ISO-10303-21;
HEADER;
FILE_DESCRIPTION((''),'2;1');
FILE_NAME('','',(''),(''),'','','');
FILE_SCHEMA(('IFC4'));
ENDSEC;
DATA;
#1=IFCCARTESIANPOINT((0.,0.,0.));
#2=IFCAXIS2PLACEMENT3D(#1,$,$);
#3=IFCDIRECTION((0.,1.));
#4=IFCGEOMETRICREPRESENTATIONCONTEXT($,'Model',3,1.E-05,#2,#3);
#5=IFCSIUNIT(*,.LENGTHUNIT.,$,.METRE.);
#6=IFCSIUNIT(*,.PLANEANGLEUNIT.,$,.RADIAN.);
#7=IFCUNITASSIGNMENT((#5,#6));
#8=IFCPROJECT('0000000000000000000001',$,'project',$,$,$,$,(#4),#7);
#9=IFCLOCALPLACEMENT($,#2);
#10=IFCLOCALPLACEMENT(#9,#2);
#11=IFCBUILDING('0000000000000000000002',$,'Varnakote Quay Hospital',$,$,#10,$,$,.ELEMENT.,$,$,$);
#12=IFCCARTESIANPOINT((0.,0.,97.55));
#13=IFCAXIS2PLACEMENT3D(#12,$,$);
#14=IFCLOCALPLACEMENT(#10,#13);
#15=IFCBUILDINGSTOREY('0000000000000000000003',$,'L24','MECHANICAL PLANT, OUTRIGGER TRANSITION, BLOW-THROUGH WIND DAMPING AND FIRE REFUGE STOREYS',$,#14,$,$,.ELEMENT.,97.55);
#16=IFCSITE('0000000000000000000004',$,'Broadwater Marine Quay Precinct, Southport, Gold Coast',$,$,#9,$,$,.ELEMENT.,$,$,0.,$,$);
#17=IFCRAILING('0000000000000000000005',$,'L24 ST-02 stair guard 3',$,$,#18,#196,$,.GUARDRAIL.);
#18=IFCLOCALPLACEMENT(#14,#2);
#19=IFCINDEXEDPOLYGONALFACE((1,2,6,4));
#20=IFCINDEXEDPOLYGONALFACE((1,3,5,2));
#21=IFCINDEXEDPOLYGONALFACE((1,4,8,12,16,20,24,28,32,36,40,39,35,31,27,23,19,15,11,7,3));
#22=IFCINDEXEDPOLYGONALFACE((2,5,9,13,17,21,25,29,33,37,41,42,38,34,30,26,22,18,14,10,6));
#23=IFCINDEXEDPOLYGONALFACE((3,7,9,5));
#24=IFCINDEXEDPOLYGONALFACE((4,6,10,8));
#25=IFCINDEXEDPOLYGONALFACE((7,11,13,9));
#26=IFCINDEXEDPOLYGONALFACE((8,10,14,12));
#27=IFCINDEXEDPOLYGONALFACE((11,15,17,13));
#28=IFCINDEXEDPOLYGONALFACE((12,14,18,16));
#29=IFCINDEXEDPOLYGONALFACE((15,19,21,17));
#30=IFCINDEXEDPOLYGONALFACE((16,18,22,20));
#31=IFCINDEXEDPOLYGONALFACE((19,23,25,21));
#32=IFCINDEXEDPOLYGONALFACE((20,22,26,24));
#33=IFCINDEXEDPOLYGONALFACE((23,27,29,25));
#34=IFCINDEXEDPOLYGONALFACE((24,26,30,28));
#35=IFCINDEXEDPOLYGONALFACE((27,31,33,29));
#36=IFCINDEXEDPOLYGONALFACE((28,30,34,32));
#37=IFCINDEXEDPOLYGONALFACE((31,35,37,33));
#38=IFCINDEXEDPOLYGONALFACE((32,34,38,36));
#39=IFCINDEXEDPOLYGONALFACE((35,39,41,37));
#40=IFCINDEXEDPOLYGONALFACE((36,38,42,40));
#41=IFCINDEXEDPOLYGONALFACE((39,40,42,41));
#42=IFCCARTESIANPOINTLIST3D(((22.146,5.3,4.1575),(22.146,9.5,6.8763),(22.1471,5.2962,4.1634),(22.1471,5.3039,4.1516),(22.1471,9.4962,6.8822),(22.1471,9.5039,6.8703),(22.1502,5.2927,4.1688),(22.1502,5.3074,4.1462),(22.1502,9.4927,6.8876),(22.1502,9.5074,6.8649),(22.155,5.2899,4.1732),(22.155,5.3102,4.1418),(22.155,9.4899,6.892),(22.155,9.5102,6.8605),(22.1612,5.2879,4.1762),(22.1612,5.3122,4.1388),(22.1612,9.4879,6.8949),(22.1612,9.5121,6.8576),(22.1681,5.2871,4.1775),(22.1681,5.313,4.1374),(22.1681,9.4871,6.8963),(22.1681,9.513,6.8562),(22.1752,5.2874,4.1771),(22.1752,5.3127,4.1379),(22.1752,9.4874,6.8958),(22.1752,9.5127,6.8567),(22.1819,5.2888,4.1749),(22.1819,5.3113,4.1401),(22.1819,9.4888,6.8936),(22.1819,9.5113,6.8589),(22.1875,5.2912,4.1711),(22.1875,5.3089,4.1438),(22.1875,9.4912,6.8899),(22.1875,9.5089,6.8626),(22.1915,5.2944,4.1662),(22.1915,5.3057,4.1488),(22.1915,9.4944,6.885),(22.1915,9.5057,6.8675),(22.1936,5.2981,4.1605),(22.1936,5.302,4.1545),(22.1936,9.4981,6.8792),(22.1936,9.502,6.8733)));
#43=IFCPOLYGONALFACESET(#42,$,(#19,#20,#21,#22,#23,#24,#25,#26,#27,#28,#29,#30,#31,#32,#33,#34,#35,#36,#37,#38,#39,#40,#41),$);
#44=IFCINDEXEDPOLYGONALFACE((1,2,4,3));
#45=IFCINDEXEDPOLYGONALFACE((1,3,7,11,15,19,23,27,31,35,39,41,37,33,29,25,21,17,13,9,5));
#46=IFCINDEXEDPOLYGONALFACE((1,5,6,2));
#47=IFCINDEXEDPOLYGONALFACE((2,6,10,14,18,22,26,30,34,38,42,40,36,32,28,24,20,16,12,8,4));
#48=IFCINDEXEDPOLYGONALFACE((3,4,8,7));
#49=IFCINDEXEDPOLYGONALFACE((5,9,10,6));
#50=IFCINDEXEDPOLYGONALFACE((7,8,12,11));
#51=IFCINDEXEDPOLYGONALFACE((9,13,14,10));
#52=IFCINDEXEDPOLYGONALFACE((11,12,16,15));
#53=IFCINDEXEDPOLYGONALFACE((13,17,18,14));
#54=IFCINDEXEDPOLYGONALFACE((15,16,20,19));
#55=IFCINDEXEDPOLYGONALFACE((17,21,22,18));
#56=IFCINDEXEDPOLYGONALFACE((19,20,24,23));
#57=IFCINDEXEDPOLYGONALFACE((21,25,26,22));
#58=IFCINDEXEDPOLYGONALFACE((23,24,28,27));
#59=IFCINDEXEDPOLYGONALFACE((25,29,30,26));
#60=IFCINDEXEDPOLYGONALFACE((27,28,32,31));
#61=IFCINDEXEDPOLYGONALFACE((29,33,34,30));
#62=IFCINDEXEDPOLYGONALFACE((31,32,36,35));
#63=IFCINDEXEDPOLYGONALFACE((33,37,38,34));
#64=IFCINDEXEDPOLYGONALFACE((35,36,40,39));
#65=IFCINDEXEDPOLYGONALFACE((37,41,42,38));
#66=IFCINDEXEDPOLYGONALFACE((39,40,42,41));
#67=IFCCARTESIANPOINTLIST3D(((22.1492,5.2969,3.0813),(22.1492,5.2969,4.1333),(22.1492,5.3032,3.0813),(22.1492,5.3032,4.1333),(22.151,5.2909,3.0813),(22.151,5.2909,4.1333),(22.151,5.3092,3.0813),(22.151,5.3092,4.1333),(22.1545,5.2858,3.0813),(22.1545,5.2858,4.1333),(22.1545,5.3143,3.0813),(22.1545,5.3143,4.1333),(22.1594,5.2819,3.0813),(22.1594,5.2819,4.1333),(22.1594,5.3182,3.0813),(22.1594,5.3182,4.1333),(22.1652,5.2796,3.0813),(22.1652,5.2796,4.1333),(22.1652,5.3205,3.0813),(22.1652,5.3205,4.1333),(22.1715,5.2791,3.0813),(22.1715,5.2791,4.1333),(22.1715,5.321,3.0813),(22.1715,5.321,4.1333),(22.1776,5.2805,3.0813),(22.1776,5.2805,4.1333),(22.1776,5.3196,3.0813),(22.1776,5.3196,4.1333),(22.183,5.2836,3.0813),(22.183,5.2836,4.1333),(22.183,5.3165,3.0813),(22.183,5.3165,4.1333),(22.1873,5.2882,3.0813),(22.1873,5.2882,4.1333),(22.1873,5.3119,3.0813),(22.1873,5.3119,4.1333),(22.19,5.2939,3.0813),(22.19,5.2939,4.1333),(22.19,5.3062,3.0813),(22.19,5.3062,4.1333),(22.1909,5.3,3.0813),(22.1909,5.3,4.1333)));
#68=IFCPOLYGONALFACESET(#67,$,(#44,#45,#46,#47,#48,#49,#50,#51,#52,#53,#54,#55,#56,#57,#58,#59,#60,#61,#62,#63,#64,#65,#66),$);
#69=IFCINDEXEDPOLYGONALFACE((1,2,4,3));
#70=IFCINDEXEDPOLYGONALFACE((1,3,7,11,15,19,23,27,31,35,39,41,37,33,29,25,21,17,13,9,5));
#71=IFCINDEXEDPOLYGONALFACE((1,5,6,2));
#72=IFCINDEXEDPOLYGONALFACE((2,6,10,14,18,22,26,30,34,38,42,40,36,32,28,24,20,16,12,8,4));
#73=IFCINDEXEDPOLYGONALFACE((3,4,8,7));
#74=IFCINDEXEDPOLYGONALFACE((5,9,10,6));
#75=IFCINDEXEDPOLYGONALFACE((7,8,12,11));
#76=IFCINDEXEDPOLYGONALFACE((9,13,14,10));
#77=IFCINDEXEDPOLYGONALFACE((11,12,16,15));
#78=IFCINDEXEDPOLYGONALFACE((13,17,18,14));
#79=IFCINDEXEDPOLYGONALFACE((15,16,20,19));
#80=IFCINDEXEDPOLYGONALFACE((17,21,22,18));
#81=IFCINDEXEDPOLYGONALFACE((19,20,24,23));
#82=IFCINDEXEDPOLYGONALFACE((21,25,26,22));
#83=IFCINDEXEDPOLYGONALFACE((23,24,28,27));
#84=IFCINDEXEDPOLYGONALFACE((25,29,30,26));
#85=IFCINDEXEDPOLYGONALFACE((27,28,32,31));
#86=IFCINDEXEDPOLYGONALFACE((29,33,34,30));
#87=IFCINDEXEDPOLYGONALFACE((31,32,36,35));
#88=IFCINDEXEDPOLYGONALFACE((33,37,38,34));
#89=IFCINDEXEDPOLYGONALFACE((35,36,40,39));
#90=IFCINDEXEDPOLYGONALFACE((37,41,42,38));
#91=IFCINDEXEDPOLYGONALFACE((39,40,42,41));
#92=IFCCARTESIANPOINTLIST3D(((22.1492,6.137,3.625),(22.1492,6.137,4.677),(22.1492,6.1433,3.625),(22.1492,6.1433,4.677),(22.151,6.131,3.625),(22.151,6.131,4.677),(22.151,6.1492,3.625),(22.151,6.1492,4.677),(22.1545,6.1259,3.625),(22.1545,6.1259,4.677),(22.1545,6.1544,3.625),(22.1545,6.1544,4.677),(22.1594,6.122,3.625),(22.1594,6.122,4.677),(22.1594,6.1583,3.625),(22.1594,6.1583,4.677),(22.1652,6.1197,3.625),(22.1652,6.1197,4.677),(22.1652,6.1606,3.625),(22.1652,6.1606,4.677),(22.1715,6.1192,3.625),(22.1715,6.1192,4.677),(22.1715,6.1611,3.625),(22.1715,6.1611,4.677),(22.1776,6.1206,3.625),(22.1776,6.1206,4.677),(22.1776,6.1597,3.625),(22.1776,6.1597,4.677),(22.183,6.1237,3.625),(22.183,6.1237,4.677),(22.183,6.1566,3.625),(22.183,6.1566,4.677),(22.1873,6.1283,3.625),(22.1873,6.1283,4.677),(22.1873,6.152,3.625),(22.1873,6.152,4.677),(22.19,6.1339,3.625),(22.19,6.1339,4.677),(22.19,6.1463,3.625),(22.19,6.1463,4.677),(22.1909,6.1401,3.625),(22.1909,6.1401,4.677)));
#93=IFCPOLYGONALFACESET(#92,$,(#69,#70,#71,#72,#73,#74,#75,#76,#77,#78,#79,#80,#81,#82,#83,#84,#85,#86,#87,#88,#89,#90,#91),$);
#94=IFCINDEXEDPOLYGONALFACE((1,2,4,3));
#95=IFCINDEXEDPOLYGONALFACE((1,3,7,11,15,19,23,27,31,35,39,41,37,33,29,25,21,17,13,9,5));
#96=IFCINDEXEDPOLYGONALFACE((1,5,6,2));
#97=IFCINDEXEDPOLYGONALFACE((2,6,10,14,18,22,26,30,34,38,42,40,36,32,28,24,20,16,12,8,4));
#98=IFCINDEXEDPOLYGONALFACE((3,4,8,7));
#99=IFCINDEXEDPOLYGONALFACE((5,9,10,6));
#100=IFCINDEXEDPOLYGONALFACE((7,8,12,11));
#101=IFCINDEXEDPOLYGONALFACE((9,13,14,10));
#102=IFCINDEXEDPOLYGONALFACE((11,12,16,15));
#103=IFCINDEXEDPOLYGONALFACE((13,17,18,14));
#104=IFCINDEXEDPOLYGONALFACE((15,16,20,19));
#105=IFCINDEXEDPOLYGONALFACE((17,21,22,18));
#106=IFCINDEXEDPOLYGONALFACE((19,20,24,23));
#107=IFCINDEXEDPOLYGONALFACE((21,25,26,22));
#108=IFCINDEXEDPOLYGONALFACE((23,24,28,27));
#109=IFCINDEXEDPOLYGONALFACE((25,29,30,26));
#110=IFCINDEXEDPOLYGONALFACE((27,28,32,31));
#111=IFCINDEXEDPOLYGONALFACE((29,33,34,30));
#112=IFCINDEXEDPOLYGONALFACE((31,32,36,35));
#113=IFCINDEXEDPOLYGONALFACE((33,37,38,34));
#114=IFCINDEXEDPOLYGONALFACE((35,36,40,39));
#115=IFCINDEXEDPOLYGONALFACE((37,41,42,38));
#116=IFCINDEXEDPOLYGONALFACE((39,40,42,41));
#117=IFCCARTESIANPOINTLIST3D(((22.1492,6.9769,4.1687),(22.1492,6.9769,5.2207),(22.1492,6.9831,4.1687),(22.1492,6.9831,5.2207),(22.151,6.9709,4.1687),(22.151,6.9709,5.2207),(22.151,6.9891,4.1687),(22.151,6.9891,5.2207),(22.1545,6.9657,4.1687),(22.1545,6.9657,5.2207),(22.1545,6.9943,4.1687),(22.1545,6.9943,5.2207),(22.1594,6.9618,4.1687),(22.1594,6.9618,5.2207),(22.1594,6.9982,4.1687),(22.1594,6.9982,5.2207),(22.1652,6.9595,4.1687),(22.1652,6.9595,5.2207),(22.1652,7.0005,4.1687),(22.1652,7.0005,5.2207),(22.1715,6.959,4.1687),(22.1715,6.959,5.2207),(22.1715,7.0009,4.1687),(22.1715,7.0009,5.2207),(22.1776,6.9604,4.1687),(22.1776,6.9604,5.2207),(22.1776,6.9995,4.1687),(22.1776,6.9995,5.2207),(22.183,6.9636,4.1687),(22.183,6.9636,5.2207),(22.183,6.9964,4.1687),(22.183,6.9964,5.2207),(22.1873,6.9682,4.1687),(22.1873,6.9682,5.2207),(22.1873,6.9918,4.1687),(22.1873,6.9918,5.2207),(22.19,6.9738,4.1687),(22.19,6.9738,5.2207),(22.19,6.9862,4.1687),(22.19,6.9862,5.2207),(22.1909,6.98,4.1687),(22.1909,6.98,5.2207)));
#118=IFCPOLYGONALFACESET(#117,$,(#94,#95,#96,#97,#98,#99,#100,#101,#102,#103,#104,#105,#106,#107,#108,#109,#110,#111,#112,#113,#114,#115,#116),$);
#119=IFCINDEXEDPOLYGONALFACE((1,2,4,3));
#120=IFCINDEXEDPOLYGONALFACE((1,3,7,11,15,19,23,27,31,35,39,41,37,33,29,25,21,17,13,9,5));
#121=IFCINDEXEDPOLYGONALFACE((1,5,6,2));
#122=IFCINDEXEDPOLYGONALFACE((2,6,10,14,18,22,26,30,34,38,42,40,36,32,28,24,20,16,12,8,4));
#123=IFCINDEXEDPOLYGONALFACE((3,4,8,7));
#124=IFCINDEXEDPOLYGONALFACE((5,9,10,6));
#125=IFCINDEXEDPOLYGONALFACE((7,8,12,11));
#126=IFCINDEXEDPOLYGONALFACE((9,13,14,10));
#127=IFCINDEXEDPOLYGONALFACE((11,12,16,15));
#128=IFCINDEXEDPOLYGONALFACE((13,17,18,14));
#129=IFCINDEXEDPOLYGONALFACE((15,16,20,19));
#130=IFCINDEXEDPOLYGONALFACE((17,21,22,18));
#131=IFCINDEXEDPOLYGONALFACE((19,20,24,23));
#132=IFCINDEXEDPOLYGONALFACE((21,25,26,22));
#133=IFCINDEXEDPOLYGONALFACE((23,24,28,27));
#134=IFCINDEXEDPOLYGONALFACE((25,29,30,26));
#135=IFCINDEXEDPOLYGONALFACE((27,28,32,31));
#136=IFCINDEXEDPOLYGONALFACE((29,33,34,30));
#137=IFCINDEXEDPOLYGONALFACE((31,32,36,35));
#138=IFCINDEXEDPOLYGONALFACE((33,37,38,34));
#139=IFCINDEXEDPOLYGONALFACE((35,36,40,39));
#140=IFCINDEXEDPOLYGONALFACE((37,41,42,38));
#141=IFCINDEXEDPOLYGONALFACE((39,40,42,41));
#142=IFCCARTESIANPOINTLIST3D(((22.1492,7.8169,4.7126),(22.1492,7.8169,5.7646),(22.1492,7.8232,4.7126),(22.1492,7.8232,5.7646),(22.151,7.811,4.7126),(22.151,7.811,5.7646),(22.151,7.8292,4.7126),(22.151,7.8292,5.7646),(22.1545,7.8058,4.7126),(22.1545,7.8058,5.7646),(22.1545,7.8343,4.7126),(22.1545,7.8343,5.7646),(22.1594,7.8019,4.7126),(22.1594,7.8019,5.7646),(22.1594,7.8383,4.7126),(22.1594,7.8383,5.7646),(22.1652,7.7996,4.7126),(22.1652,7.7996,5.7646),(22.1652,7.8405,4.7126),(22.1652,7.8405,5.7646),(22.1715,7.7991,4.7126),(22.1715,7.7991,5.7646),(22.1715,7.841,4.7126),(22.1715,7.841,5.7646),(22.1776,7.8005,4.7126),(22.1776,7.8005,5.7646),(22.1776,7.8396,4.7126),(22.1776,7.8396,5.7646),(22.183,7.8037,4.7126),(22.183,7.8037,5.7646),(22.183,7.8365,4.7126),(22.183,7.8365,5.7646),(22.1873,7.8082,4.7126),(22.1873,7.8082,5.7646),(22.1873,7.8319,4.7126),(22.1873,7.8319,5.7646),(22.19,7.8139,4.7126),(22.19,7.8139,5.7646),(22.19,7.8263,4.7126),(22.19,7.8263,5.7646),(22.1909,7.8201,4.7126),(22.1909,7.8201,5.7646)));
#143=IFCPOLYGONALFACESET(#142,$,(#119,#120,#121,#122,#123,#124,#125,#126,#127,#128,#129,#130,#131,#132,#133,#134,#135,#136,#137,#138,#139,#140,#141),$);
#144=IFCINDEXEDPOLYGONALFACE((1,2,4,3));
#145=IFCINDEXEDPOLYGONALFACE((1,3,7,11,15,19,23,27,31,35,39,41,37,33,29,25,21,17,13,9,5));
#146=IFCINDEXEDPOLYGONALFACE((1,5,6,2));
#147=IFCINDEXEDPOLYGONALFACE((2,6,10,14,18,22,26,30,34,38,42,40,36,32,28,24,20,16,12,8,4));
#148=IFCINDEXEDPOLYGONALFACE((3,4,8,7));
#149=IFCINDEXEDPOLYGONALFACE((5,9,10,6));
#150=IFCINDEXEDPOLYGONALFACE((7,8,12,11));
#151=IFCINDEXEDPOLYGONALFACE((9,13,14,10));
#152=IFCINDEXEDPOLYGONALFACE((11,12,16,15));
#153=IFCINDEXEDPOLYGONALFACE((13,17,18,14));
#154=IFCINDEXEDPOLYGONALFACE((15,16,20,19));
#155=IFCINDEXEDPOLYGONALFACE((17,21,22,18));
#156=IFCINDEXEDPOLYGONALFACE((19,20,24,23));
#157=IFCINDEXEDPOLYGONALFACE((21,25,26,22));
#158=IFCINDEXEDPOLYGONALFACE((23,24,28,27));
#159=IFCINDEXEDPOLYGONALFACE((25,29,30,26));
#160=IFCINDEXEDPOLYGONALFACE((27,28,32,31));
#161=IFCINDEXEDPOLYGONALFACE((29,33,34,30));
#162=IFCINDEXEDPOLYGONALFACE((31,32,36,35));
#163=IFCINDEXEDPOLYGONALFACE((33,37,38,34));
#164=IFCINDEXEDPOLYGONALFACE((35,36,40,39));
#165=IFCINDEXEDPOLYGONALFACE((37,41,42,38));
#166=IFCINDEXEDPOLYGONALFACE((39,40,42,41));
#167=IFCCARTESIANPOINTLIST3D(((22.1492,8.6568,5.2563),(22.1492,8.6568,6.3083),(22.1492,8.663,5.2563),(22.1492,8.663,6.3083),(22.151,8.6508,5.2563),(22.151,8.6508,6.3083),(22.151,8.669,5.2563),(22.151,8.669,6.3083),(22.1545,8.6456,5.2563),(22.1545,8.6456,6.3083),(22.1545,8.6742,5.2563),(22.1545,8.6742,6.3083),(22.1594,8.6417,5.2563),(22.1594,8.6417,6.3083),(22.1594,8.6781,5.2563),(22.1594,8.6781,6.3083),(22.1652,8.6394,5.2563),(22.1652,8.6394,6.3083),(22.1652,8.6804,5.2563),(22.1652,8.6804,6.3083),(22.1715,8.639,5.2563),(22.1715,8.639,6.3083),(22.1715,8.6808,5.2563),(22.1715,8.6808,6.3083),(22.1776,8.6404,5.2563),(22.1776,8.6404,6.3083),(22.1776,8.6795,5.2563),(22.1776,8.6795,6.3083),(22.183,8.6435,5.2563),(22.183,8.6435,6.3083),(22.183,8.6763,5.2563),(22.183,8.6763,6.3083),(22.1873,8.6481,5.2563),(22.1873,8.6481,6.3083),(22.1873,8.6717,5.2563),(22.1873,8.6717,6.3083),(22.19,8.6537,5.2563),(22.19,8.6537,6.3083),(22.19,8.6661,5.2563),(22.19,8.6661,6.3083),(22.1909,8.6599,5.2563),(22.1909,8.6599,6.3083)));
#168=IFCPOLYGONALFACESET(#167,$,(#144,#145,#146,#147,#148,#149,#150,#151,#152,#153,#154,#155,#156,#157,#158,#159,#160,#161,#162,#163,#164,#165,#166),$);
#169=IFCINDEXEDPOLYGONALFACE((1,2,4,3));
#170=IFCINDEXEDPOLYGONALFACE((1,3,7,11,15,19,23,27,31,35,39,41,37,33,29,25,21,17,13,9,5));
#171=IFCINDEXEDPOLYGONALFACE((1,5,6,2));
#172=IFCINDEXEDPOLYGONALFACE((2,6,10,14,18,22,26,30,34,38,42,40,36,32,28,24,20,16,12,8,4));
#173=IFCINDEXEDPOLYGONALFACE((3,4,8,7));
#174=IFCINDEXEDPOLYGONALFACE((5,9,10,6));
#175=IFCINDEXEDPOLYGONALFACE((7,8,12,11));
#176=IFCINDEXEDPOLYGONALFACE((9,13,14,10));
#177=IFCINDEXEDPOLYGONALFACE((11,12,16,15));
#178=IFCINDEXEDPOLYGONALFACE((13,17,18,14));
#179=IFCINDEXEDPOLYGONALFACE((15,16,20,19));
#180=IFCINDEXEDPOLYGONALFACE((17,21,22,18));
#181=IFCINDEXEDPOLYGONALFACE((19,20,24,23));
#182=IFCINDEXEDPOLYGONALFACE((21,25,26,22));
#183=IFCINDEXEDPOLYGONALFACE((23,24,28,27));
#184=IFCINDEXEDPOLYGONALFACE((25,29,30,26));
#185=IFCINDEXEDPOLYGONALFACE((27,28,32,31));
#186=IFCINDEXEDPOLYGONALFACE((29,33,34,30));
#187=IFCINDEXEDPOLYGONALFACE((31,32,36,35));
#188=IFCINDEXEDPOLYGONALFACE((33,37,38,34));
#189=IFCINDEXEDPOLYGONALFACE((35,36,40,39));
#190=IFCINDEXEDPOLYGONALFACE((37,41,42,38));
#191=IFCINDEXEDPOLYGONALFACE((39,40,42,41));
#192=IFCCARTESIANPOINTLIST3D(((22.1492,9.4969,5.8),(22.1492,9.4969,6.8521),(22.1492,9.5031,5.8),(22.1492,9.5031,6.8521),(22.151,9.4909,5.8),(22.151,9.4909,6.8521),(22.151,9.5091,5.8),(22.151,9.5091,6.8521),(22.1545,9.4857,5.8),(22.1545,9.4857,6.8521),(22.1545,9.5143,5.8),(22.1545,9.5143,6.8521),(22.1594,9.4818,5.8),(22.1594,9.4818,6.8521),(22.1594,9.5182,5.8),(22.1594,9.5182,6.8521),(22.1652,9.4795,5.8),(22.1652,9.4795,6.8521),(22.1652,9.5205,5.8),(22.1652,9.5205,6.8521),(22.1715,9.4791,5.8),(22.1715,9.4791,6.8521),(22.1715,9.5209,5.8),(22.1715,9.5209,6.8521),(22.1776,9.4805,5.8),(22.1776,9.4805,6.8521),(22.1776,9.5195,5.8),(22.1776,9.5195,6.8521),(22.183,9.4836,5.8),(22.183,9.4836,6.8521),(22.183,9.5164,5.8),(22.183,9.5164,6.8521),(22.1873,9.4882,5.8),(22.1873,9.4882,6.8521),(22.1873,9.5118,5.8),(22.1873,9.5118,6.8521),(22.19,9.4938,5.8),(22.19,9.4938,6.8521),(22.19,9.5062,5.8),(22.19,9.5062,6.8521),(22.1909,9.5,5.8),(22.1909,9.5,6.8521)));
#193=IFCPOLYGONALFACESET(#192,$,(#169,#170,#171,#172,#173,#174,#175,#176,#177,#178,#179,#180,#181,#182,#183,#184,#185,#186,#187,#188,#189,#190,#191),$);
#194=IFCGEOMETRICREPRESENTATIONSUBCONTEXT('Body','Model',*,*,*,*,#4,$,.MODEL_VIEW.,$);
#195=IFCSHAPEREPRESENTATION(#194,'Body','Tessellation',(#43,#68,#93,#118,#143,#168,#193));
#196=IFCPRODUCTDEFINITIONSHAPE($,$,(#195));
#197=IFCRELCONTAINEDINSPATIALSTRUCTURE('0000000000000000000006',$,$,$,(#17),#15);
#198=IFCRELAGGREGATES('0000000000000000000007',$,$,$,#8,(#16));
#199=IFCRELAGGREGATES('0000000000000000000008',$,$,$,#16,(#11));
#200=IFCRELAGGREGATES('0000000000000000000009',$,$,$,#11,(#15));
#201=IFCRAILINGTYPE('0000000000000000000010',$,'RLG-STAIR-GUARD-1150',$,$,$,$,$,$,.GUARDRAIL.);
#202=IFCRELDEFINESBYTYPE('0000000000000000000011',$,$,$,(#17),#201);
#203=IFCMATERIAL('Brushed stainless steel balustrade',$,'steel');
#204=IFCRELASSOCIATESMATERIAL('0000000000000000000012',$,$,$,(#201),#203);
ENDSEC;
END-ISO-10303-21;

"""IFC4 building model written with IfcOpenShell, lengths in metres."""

from ifc_helpers import new_model, si_unit, direction, frame, origin, origin_2d, place, context, subcontext, project, spatial, circle, extrude, material, type_object, element, save


model = new_model("IFC4")

# Units and contexts
model_context = context("Model", 3, precision=1e-05, world=origin(), true_north=direction((0.0, 1.0)))
body_context = subcontext(model_context, "Body", "Model", "MODEL_VIEW")
ifc_project = project(units=[si_unit("LENGTHUNIT", "METRE"), si_unit("PLANEANGLEUNIT", "RADIAN")], contexts=[model_context])

# Site, building, storey
site_placement = place(None, origin())
site = spatial("IfcSite", under=ifc_project, at=site_placement, Name="Broadwater Marine Quay Precinct, Southport, Gold Coast", CompositionType="ELEMENT", RefElevation=0.0)
building_placement = place(site_placement, origin())
building = spatial("IfcBuilding", under=site, at=building_placement, Name="Varnakote Quay Hospital", CompositionType="ELEMENT")
storey_placement = place(building_placement, frame((0.0, 0.0, 97.55)))
storey = spatial("IfcBuildingStorey", under=building, at=storey_placement, Name="L24", Description="MECHANICAL PLANT, OUTRIGGER TRANSITION, BLOW-THROUGH WIND DAMPING AND FIRE REFUGE STOREYS", CompositionType="ELEMENT", Elevation=97.55)

# Railing
ifc_material_1 = material(Name="Brushed stainless steel balustrade", Category="steel")
railing_type_1 = type_object("IfcRailingType", Name="RLG-STAIR-GUARD-1150", PredefinedType="GUARDRAIL", material=ifc_material_1)
railing_1_placement = place(storey_placement, frame((22.1699, 5.3, 3.0813)))
element("IfcRailing", 1, at=railing_1_placement, inside=storey, type_object=railing_type_1, Name="L24 ST-02 stair guard 3", PredefinedType="GUARDRAIL", context=body_context, shape_type="SweptSolid", body=[
    extrude(circle(Radius=0.0239, at=origin_2d()), frame((0.0, 0.0, 1.0762), z_axis=(0.0, 0.839467, 0.543411), x_axis=(-1.0, 0.0, 0.0)), (0.0, 0.0, 1.0), 5.0032),
    extrude(circle(Radius=0.021, at=origin_2d()), origin(), (0.0, 0.0, 1.0), 1.052),
    extrude(circle(Radius=0.021, at=origin_2d()), frame((0.0, 0.8401, 0.5437)), (0.0, 0.0, 1.0), 1.052),
    extrude(circle(Radius=0.021, at=origin_2d()), frame((0.0, 1.6799, 1.0874)), (0.0, 0.0, 1.0), 1.052),
    extrude(circle(Radius=0.021, at=origin_2d()), frame((0.0, 2.52, 1.6313)), (0.0, 0.0, 1.0), 1.052),
    extrude(circle(Radius=0.021, at=origin_2d()), frame((0.0, 3.3599, 2.175)), (0.0, 0.0, 1.0), 1.052),
    extrude(circle(Radius=0.021, at=origin_2d()), frame((0.0, 4.2, 2.7188)), (0.0, 0.0, 1.0), 1.052),
])

save(model, "model.ifc")
